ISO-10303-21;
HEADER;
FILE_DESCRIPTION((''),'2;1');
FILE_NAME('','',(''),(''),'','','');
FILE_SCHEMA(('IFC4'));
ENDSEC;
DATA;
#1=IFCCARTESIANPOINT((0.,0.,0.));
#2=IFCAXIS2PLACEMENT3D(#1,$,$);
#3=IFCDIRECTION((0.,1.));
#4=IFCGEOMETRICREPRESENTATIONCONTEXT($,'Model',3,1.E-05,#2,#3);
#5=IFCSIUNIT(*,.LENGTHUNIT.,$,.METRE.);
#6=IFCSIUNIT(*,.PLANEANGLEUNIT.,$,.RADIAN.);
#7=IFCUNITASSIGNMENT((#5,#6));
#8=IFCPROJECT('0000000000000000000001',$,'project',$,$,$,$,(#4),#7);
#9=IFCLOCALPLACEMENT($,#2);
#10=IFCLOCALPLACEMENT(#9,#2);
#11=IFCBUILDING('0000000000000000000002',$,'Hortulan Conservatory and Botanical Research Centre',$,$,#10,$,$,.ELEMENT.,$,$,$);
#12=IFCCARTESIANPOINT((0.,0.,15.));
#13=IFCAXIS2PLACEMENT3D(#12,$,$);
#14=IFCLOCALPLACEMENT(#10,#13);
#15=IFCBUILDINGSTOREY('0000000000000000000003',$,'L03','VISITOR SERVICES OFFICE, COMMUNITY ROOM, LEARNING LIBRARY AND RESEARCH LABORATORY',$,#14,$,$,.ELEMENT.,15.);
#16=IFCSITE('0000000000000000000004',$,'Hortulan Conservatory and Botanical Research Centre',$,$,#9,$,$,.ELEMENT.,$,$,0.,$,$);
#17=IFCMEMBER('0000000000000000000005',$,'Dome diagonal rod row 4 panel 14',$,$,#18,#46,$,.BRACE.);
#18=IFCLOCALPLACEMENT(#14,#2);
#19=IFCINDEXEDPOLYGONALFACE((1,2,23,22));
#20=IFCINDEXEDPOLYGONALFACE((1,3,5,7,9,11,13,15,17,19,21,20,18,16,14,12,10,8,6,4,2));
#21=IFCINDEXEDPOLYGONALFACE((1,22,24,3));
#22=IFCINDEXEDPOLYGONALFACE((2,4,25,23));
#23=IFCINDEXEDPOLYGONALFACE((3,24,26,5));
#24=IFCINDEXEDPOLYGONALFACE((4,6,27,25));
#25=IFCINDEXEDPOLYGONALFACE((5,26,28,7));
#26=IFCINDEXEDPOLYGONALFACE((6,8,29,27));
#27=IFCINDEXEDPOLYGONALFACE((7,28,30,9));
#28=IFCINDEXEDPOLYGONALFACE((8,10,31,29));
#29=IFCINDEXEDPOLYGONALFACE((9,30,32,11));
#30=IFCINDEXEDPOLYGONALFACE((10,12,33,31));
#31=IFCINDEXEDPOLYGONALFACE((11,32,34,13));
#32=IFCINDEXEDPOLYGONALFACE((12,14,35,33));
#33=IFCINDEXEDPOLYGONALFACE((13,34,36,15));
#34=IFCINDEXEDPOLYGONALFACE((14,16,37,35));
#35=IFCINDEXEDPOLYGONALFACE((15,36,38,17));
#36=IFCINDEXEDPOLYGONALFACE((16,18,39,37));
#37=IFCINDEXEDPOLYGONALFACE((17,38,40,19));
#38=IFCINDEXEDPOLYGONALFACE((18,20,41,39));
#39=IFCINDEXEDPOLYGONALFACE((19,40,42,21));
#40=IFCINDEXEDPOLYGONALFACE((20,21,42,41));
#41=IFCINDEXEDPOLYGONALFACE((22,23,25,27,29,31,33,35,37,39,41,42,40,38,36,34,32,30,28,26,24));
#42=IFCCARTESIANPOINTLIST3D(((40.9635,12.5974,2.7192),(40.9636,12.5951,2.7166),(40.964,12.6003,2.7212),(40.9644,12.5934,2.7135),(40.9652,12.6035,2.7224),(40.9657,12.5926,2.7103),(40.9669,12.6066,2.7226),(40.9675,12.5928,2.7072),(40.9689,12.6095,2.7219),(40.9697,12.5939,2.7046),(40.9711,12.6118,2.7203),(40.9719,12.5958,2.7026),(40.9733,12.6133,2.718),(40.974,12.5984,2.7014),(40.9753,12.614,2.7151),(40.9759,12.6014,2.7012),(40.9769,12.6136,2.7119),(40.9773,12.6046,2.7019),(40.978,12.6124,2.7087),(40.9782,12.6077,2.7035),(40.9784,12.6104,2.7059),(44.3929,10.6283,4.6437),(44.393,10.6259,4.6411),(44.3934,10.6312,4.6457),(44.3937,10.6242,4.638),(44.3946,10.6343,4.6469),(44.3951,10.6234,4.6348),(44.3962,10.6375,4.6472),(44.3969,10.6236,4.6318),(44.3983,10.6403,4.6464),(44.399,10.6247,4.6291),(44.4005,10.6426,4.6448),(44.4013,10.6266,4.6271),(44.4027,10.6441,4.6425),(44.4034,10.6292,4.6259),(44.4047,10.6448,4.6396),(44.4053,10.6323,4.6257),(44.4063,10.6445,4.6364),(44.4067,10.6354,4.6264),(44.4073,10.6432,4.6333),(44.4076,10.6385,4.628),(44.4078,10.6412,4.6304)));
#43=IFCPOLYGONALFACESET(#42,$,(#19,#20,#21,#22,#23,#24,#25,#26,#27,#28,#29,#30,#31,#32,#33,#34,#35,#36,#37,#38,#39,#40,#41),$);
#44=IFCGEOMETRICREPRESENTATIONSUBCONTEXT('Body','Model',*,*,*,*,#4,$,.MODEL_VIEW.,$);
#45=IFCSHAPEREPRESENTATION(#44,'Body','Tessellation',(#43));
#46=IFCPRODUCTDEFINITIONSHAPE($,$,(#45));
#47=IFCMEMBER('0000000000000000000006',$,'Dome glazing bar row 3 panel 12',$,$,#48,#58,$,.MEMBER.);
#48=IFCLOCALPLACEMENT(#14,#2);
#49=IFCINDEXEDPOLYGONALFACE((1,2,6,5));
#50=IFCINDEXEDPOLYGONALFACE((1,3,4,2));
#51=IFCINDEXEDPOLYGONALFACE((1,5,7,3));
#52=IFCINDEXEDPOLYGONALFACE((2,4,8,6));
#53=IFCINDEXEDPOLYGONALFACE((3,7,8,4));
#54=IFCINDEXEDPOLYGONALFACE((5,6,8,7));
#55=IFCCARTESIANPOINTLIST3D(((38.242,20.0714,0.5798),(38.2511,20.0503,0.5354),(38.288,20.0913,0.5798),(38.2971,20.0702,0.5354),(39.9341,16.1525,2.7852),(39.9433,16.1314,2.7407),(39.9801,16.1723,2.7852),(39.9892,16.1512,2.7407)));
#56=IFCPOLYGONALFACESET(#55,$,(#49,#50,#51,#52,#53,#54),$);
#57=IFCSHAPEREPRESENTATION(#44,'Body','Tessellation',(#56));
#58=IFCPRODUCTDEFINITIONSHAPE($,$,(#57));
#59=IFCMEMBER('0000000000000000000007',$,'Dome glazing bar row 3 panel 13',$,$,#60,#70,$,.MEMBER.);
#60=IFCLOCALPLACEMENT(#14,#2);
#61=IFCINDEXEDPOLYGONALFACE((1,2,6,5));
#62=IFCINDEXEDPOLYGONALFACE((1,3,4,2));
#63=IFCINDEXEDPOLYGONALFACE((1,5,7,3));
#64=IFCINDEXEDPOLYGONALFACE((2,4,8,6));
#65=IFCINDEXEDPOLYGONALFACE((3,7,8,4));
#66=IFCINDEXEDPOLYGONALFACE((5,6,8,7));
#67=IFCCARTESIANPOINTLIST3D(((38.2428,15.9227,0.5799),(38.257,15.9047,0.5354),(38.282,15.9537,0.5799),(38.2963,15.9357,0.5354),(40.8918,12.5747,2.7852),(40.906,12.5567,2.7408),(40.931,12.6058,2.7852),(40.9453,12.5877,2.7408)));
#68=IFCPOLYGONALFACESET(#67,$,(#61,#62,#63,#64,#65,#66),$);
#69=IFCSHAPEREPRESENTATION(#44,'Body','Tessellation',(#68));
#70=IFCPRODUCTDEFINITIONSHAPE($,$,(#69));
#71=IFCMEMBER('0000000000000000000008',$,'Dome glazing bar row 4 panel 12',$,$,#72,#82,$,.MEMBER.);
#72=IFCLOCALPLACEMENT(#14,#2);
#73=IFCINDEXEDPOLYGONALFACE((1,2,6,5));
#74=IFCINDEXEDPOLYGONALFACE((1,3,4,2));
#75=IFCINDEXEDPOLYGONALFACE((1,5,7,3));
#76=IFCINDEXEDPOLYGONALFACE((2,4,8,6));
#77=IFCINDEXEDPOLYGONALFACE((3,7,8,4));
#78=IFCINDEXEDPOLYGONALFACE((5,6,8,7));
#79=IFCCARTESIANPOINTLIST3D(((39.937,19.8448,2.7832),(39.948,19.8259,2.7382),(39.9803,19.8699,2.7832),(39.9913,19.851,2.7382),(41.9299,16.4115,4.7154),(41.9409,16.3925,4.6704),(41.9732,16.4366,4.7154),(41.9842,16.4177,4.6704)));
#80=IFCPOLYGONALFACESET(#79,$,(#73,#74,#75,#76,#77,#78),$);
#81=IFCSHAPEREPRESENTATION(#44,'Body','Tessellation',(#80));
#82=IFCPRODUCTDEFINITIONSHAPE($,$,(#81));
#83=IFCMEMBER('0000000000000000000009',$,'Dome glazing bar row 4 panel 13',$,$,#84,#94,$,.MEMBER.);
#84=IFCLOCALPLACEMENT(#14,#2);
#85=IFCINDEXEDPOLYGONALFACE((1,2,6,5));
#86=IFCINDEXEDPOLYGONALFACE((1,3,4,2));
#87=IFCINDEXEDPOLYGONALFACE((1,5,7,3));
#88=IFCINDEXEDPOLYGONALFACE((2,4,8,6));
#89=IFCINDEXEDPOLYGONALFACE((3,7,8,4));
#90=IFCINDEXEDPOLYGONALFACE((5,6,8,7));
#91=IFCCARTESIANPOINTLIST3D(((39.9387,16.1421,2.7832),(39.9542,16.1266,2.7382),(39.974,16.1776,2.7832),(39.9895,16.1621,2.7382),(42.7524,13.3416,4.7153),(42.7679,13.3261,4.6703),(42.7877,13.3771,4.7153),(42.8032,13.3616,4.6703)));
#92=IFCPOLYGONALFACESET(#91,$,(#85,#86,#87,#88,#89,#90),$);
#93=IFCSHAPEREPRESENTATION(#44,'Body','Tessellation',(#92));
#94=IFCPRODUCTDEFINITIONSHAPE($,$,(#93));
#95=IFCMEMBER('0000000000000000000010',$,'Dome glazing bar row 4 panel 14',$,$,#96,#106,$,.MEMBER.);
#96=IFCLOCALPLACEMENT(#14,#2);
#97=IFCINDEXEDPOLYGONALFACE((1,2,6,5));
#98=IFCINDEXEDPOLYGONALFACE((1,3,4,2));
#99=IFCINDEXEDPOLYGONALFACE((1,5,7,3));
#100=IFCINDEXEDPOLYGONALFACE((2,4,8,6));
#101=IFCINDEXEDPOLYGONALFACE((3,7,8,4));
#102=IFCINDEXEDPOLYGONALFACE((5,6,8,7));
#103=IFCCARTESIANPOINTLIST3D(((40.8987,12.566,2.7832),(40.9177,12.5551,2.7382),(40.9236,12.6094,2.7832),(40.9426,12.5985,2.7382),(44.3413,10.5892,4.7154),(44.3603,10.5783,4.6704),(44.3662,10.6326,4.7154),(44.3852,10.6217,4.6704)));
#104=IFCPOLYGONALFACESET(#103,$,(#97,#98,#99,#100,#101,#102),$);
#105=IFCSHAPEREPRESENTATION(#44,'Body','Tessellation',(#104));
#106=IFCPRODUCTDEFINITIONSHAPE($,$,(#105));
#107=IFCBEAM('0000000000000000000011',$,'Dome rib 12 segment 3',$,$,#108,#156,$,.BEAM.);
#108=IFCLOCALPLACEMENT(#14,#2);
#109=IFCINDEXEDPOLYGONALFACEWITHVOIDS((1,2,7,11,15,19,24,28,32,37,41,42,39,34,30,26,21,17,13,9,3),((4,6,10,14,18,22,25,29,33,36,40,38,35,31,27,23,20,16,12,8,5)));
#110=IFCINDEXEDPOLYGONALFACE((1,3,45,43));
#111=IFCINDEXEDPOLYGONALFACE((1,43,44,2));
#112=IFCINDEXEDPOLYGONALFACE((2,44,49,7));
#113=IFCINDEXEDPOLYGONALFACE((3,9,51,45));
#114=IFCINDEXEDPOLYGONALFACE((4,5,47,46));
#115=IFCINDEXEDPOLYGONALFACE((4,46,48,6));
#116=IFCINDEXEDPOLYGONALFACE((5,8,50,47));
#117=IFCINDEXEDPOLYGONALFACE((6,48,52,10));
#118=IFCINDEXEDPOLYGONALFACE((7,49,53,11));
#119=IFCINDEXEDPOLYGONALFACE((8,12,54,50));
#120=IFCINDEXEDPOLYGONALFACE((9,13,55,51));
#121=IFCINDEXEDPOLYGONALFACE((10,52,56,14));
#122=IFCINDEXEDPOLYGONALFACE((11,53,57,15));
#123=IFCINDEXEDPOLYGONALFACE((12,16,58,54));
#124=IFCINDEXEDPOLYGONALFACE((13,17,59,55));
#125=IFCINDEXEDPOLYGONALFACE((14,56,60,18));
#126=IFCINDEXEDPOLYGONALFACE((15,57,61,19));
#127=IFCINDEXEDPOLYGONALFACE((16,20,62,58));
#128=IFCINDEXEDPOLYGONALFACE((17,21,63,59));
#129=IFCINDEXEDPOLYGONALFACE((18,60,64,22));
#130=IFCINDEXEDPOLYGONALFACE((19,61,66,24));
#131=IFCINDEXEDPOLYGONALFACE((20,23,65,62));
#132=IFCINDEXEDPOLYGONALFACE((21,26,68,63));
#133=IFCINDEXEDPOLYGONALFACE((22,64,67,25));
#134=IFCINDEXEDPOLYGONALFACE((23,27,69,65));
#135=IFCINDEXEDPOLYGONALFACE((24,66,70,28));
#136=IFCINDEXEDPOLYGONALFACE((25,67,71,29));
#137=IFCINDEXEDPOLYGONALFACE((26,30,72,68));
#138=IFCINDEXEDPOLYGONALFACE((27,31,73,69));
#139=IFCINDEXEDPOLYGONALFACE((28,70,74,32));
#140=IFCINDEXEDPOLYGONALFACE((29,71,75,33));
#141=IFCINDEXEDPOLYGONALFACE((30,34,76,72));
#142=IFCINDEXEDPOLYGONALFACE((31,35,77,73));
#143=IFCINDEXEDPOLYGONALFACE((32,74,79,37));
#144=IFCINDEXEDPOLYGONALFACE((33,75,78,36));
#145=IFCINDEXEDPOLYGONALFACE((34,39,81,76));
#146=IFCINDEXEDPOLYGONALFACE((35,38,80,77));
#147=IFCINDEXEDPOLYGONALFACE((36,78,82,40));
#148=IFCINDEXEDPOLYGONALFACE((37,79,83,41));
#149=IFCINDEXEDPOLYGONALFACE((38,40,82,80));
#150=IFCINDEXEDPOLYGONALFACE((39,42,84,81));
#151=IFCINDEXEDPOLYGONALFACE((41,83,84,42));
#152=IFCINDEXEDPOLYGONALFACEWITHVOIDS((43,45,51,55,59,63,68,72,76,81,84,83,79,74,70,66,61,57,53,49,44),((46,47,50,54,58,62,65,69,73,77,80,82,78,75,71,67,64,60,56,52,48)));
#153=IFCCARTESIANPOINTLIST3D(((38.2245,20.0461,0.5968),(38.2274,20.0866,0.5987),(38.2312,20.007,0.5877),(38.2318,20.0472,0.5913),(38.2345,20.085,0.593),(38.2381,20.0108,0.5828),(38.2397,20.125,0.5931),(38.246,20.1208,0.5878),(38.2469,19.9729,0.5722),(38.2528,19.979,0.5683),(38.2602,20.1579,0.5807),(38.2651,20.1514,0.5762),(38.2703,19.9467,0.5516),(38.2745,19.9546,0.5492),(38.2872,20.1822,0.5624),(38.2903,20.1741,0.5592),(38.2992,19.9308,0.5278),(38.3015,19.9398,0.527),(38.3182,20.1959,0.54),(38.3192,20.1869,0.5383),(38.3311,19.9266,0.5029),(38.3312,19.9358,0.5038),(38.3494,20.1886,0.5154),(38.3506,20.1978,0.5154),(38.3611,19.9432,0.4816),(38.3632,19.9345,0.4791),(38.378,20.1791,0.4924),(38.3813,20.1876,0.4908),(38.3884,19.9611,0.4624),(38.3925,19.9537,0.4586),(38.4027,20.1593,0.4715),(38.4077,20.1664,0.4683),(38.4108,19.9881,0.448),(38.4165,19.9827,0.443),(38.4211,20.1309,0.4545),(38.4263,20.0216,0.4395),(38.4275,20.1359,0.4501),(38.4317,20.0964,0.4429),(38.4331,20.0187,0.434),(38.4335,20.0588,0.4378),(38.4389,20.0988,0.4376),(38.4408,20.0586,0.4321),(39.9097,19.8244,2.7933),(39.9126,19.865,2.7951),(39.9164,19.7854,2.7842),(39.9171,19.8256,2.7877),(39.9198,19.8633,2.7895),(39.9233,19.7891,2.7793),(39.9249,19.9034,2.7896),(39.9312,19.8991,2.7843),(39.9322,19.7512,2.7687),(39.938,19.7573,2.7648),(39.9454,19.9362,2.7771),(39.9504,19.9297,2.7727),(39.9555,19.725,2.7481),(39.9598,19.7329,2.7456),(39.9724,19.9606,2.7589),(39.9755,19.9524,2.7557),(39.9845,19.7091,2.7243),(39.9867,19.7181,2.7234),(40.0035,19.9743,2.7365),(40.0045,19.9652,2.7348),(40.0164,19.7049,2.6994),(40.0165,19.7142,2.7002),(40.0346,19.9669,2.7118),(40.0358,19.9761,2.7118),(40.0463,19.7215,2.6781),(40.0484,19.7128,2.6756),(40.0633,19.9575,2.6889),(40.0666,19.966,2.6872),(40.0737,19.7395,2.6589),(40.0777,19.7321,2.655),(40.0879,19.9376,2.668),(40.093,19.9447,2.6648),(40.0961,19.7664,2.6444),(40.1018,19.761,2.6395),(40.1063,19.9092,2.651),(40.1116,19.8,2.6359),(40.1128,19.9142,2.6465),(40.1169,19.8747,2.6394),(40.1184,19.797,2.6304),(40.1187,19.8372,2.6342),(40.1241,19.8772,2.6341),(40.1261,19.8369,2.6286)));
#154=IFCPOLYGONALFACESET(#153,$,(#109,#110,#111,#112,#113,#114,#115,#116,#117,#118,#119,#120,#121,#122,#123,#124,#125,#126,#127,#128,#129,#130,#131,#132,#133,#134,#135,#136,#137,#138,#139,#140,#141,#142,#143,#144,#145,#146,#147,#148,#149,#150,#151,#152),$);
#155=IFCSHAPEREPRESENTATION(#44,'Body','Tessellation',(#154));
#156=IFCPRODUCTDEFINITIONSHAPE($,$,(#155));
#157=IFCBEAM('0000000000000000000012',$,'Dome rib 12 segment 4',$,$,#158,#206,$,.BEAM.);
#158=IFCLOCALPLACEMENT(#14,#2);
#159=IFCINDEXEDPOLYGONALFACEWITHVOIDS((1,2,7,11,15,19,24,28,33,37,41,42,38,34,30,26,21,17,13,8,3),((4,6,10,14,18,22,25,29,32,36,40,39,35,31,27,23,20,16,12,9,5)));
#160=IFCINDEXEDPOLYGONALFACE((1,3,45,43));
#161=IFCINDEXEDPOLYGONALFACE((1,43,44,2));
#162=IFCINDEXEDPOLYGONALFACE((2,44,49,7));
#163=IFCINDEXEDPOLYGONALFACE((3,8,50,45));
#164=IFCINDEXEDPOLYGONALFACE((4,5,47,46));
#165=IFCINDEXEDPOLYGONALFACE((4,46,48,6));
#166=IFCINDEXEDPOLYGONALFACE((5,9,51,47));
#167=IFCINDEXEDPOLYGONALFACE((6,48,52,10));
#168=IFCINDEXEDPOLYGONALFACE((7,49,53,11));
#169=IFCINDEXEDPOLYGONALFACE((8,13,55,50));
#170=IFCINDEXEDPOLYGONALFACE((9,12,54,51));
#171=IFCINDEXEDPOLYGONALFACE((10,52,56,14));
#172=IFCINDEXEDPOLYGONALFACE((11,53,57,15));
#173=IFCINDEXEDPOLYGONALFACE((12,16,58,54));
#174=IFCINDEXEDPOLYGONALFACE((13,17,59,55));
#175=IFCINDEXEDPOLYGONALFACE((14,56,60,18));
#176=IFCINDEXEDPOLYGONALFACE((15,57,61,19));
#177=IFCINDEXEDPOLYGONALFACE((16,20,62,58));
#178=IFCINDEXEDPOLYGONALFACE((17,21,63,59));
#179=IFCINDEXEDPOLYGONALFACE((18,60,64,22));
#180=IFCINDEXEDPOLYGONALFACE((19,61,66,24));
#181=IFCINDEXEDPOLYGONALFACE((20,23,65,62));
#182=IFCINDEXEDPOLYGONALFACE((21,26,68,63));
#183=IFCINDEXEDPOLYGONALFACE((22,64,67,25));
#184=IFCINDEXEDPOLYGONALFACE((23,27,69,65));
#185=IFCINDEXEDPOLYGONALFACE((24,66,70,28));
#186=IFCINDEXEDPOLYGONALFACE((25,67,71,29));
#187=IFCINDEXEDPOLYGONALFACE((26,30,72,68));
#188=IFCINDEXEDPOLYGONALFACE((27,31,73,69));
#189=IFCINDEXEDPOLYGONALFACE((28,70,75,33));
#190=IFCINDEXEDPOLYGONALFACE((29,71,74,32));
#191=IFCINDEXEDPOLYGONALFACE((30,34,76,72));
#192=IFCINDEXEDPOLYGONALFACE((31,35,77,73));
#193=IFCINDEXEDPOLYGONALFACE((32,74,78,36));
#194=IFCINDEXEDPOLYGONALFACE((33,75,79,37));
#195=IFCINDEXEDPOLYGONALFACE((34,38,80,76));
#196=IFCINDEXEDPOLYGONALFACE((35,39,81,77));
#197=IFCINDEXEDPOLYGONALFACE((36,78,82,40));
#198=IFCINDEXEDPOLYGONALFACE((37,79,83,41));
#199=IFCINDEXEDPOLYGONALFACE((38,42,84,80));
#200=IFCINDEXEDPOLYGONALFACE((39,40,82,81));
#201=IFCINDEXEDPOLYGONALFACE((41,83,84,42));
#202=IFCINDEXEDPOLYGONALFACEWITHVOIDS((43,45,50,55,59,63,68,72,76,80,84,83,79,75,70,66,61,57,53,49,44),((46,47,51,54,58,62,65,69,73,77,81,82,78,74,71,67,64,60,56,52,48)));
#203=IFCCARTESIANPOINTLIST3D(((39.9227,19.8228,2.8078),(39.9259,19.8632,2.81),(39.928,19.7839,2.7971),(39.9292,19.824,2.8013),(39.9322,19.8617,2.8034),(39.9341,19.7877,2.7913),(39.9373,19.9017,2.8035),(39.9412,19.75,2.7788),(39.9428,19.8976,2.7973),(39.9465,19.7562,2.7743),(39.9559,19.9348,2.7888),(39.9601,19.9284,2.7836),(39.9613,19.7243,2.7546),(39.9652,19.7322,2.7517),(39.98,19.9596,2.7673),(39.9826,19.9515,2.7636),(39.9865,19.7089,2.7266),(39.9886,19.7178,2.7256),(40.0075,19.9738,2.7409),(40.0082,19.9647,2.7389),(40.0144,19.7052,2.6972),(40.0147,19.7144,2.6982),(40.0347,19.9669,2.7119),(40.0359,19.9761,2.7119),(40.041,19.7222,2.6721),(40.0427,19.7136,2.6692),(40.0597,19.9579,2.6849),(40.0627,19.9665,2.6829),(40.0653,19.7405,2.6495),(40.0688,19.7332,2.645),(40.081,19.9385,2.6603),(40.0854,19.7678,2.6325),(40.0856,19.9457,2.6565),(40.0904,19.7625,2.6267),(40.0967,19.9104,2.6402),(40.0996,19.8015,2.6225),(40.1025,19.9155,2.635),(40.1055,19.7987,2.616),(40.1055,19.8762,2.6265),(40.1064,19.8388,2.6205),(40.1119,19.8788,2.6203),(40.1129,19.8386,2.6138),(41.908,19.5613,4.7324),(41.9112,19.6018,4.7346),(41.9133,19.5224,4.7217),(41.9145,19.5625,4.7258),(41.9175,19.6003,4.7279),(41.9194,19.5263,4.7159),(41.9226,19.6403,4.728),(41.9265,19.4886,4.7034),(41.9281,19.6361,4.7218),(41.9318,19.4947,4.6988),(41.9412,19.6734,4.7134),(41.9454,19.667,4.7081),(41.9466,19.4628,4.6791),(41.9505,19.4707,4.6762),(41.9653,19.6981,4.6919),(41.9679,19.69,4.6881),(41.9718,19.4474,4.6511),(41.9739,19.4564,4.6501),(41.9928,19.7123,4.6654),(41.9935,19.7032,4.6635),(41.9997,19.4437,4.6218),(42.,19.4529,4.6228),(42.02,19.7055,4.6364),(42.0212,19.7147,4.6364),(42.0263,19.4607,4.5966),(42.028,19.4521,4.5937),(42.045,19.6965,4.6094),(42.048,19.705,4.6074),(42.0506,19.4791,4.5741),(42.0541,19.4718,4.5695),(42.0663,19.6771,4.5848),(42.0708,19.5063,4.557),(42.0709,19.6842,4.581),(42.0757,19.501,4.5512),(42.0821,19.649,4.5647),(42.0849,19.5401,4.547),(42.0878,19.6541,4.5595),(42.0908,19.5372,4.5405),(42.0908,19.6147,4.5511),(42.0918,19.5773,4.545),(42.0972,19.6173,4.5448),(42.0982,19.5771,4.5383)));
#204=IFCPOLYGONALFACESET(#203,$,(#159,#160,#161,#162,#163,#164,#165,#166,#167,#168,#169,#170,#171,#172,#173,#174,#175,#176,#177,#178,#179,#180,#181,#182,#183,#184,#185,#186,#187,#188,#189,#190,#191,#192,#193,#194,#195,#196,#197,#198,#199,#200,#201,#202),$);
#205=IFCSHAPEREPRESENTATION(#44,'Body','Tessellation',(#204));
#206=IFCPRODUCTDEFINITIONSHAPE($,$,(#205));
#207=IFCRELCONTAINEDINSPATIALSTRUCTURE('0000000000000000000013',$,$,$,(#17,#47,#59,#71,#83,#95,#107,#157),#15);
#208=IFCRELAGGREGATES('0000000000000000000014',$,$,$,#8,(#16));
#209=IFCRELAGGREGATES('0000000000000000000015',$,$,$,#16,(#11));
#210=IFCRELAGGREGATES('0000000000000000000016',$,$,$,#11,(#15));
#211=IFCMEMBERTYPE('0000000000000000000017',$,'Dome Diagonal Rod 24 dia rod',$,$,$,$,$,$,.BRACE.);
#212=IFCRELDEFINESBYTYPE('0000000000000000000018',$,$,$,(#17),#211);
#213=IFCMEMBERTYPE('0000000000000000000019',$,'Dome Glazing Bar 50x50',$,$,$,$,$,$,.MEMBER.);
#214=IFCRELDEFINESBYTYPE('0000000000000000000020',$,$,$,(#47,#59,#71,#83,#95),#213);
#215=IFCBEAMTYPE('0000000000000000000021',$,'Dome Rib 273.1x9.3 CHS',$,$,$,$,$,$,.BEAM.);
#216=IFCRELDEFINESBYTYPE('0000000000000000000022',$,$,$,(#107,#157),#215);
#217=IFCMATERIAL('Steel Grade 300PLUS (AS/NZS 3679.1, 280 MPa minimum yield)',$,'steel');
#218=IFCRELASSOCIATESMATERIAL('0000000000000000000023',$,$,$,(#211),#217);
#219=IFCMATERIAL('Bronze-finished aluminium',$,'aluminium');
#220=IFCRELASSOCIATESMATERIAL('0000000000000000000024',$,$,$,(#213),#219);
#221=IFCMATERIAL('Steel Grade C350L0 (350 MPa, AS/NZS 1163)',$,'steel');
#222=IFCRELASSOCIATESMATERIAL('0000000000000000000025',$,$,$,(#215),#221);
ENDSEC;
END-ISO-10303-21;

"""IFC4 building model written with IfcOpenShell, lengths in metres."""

from ifc_helpers import new_model, si_unit, direction, frame, origin, origin_2d, place, context, subcontext, project, spatial, rectangle, circle, hollow_circle, extrude, material, material_profile, profile_set, type_object, element, save


model = new_model("IFC4")

# Units and contexts
model_context = context("Model", 3, precision=1e-05, world=origin(), true_north=direction((0.0, 1.0)))
body_context = subcontext(model_context, "Body", "Model", "MODEL_VIEW")
ifc_project = project(units=[si_unit("LENGTHUNIT", "METRE"), si_unit("PLANEANGLEUNIT", "RADIAN")], contexts=[model_context])

# Site, building, storey
site_placement = place(None, origin())
site = spatial("IfcSite", under=ifc_project, at=site_placement, Name="Hortulan Conservatory and Botanical Research Centre", CompositionType="ELEMENT", RefElevation=0.0)
building_placement = place(site_placement, origin())
building = spatial("IfcBuilding", under=site, at=building_placement, Name="Hortulan Conservatory and Botanical Research Centre", CompositionType="ELEMENT")
storey_placement = place(building_placement, frame((0.0, 0.0, 15.0)))
storey = spatial("IfcBuildingStorey", under=building, at=storey_placement, Name="L03", Description="VISITOR SERVICES OFFICE, COMMUNITY ROOM, LEARNING LIBRARY AND RESEARCH LABORATORY", CompositionType="ELEMENT", Elevation=15.0)

# Members
ifc_material_1 = material(Name="Steel Grade C350L0 (350 MPa, AS/NZS 1163)", Category="steel")
ifc_material_2 = material(Name="Steel Grade 300PLUS (AS/NZS 3679.1, 280 MPa minimum yield)", Category="steel")
ifc_material_profile_1 = material_profile(ifc_material_2, circle(Radius=0.012, at=origin_2d()), Name="24 dia rod")
ifc_profile_set_1 = profile_set([ifc_material_profile_1], Name="Steel Grade 300PLUS (AS/NZS 3679.1, 280 MPa minimum yield)")
member_type_1 = type_object("IfcMemberType", Name="Dome Diagonal Rod 24 dia rod", PredefinedType="BRACE", material=ifc_profile_set_1)
member_1_placement = place(storey_placement, frame((40.9709, 12.6033, 2.7119), z_axis=(0.779763, -0.447752, 0.437593), x_axis=(0.49796, 0.8672, 0.0)))
element("IfcMember", 1, at=member_1_placement, inside=storey, type_object=member_type_1, Name="Dome diagonal rod row 4 panel 14", PredefinedType="BRACE", context=body_context, shape_type="SweptSolid", body=[
    extrude(circle(Radius=0.012, at=origin_2d()), origin(), (0.0, 0.0, 1.0), 4.3979),
])
ifc_material_3 = material(Name="Bronze-finished aluminium", Category="aluminium")
ifc_material_profile_2 = material_profile(ifc_material_3, rectangle(XDim=0.05, YDim=0.05, at=origin_2d()), Name="Square bar 50x50")
ifc_profile_set_2 = profile_set([ifc_material_profile_2], Name="Bronze-finished aluminium")
member_type_2 = type_object("IfcMemberType", Name="Dome Glazing Bar 50x50", PredefinedType="MEMBER", material=ifc_profile_set_2)
member_2_placement = place(storey_placement, frame((38.2695, 20.0708, 0.5576), z_axis=(0.352186, -0.815652, 0.458995), x_axis=(0.918074, 0.39641, 0.0)))
element("IfcMember", 2, at=member_2_placement, inside=storey, type_object=member_type_2, Name="Dome glazing bar row 3 panel 12", PredefinedType="MEMBER", context=body_context, shape_type="SweptSolid", body=[
    extrude(rectangle(XDim=0.05, YDim=0.05, at=origin_2d()), origin(), (0.0, 0.0, 1.0), 4.8047),
])
member_3_placement = place(storey_placement, frame((38.2695, 15.9292, 0.5576), z_axis=(0.551277, -0.696743, 0.458957), x_axis=(0.784216, 0.620488, 0.0)))
element("IfcMember", 3, at=member_3_placement, inside=storey, type_object=member_type_2, Name="Dome glazing bar row 3 panel 13", PredefinedType="MEMBER", context=body_context, shape_type="SweptSolid", body=[
    extrude(rectangle(XDim=0.05, YDim=0.05, at=origin_2d()), origin(), (0.0, 0.0, 1.0), 4.8052),
])
for number, where, z_axis, x_axis, name in (
    (4, (39.9641, 19.8479, 2.7607), (0.451392, -0.777645, 0.437622), (0.864859, 0.502015, 0.0), "Dome glazing bar row 4 panel 12"),
    (5, (39.9641, 16.1521, 2.7607), (0.637294, -0.634308, 0.437618), (0.705444, 0.708765, 0.0), "Dome glazing bar row 4 panel 13"),
    (6, (40.9207, 12.5823, 2.7607), (0.77975, -0.447744, 0.437624), (0.497959, 0.8672, 0.0), "Dome glazing bar row 4 panel 14"),
):
    element("IfcMember", number, at=place(storey_placement, frame(where, z_axis=z_axis, x_axis=x_axis)), inside=storey, type_object=member_type_2, Name=name, PredefinedType="MEMBER", context=body_context, shape_type="SweptSolid", body=[
        extrude(rectangle(XDim=0.05, YDim=0.05, at=origin_2d()), origin(), (0.0, 0.0, 1.0), 4.415),
    ])

# Beams
ifc_material_profile_3 = material_profile(ifc_material_1, hollow_circle(Radius=0.1365, WallThickness=0.0093, at=origin_2d()), Name="273.1x9.3CHS")
ifc_profile_set_3 = profile_set([ifc_material_profile_3], Name="Steel Grade C350L0 (350 MPa, AS/NZS 1163)")
beam_type = type_object("IfcBeamType", Name="Dome Rib 273.1x9.3 CHS", PredefinedType="BEAM", material=ifc_profile_set_3)
for number, where, z_axis, x_axis, name in (
    (7, (38.3328, 20.0625, 0.5154), (0.606784, -0.079815, 0.79085), (0.130414, 0.99146, 0.0), "Dome rib 12 segment 3"),
    (8, (40.0181, 19.8408, 2.7119), (0.714825, -0.094144, 0.692937), (0.130574, 0.991439, 0.0), "Dome rib 12 segment 4"),
):
    element("IfcBeam", number, at=place(storey_placement, frame(where, z_axis=z_axis, x_axis=x_axis)), inside=storey, type_object=beam_type, Name=name, PredefinedType="BEAM", context=body_context, shape_type="SweptSolid", body=[
        extrude(hollow_circle(Radius=0.1365, WallThickness=0.0093, at=origin_2d()), origin(), (0.0, 0.0, 1.0), 2.7773),
    ])

save(model, "model.ifc")
